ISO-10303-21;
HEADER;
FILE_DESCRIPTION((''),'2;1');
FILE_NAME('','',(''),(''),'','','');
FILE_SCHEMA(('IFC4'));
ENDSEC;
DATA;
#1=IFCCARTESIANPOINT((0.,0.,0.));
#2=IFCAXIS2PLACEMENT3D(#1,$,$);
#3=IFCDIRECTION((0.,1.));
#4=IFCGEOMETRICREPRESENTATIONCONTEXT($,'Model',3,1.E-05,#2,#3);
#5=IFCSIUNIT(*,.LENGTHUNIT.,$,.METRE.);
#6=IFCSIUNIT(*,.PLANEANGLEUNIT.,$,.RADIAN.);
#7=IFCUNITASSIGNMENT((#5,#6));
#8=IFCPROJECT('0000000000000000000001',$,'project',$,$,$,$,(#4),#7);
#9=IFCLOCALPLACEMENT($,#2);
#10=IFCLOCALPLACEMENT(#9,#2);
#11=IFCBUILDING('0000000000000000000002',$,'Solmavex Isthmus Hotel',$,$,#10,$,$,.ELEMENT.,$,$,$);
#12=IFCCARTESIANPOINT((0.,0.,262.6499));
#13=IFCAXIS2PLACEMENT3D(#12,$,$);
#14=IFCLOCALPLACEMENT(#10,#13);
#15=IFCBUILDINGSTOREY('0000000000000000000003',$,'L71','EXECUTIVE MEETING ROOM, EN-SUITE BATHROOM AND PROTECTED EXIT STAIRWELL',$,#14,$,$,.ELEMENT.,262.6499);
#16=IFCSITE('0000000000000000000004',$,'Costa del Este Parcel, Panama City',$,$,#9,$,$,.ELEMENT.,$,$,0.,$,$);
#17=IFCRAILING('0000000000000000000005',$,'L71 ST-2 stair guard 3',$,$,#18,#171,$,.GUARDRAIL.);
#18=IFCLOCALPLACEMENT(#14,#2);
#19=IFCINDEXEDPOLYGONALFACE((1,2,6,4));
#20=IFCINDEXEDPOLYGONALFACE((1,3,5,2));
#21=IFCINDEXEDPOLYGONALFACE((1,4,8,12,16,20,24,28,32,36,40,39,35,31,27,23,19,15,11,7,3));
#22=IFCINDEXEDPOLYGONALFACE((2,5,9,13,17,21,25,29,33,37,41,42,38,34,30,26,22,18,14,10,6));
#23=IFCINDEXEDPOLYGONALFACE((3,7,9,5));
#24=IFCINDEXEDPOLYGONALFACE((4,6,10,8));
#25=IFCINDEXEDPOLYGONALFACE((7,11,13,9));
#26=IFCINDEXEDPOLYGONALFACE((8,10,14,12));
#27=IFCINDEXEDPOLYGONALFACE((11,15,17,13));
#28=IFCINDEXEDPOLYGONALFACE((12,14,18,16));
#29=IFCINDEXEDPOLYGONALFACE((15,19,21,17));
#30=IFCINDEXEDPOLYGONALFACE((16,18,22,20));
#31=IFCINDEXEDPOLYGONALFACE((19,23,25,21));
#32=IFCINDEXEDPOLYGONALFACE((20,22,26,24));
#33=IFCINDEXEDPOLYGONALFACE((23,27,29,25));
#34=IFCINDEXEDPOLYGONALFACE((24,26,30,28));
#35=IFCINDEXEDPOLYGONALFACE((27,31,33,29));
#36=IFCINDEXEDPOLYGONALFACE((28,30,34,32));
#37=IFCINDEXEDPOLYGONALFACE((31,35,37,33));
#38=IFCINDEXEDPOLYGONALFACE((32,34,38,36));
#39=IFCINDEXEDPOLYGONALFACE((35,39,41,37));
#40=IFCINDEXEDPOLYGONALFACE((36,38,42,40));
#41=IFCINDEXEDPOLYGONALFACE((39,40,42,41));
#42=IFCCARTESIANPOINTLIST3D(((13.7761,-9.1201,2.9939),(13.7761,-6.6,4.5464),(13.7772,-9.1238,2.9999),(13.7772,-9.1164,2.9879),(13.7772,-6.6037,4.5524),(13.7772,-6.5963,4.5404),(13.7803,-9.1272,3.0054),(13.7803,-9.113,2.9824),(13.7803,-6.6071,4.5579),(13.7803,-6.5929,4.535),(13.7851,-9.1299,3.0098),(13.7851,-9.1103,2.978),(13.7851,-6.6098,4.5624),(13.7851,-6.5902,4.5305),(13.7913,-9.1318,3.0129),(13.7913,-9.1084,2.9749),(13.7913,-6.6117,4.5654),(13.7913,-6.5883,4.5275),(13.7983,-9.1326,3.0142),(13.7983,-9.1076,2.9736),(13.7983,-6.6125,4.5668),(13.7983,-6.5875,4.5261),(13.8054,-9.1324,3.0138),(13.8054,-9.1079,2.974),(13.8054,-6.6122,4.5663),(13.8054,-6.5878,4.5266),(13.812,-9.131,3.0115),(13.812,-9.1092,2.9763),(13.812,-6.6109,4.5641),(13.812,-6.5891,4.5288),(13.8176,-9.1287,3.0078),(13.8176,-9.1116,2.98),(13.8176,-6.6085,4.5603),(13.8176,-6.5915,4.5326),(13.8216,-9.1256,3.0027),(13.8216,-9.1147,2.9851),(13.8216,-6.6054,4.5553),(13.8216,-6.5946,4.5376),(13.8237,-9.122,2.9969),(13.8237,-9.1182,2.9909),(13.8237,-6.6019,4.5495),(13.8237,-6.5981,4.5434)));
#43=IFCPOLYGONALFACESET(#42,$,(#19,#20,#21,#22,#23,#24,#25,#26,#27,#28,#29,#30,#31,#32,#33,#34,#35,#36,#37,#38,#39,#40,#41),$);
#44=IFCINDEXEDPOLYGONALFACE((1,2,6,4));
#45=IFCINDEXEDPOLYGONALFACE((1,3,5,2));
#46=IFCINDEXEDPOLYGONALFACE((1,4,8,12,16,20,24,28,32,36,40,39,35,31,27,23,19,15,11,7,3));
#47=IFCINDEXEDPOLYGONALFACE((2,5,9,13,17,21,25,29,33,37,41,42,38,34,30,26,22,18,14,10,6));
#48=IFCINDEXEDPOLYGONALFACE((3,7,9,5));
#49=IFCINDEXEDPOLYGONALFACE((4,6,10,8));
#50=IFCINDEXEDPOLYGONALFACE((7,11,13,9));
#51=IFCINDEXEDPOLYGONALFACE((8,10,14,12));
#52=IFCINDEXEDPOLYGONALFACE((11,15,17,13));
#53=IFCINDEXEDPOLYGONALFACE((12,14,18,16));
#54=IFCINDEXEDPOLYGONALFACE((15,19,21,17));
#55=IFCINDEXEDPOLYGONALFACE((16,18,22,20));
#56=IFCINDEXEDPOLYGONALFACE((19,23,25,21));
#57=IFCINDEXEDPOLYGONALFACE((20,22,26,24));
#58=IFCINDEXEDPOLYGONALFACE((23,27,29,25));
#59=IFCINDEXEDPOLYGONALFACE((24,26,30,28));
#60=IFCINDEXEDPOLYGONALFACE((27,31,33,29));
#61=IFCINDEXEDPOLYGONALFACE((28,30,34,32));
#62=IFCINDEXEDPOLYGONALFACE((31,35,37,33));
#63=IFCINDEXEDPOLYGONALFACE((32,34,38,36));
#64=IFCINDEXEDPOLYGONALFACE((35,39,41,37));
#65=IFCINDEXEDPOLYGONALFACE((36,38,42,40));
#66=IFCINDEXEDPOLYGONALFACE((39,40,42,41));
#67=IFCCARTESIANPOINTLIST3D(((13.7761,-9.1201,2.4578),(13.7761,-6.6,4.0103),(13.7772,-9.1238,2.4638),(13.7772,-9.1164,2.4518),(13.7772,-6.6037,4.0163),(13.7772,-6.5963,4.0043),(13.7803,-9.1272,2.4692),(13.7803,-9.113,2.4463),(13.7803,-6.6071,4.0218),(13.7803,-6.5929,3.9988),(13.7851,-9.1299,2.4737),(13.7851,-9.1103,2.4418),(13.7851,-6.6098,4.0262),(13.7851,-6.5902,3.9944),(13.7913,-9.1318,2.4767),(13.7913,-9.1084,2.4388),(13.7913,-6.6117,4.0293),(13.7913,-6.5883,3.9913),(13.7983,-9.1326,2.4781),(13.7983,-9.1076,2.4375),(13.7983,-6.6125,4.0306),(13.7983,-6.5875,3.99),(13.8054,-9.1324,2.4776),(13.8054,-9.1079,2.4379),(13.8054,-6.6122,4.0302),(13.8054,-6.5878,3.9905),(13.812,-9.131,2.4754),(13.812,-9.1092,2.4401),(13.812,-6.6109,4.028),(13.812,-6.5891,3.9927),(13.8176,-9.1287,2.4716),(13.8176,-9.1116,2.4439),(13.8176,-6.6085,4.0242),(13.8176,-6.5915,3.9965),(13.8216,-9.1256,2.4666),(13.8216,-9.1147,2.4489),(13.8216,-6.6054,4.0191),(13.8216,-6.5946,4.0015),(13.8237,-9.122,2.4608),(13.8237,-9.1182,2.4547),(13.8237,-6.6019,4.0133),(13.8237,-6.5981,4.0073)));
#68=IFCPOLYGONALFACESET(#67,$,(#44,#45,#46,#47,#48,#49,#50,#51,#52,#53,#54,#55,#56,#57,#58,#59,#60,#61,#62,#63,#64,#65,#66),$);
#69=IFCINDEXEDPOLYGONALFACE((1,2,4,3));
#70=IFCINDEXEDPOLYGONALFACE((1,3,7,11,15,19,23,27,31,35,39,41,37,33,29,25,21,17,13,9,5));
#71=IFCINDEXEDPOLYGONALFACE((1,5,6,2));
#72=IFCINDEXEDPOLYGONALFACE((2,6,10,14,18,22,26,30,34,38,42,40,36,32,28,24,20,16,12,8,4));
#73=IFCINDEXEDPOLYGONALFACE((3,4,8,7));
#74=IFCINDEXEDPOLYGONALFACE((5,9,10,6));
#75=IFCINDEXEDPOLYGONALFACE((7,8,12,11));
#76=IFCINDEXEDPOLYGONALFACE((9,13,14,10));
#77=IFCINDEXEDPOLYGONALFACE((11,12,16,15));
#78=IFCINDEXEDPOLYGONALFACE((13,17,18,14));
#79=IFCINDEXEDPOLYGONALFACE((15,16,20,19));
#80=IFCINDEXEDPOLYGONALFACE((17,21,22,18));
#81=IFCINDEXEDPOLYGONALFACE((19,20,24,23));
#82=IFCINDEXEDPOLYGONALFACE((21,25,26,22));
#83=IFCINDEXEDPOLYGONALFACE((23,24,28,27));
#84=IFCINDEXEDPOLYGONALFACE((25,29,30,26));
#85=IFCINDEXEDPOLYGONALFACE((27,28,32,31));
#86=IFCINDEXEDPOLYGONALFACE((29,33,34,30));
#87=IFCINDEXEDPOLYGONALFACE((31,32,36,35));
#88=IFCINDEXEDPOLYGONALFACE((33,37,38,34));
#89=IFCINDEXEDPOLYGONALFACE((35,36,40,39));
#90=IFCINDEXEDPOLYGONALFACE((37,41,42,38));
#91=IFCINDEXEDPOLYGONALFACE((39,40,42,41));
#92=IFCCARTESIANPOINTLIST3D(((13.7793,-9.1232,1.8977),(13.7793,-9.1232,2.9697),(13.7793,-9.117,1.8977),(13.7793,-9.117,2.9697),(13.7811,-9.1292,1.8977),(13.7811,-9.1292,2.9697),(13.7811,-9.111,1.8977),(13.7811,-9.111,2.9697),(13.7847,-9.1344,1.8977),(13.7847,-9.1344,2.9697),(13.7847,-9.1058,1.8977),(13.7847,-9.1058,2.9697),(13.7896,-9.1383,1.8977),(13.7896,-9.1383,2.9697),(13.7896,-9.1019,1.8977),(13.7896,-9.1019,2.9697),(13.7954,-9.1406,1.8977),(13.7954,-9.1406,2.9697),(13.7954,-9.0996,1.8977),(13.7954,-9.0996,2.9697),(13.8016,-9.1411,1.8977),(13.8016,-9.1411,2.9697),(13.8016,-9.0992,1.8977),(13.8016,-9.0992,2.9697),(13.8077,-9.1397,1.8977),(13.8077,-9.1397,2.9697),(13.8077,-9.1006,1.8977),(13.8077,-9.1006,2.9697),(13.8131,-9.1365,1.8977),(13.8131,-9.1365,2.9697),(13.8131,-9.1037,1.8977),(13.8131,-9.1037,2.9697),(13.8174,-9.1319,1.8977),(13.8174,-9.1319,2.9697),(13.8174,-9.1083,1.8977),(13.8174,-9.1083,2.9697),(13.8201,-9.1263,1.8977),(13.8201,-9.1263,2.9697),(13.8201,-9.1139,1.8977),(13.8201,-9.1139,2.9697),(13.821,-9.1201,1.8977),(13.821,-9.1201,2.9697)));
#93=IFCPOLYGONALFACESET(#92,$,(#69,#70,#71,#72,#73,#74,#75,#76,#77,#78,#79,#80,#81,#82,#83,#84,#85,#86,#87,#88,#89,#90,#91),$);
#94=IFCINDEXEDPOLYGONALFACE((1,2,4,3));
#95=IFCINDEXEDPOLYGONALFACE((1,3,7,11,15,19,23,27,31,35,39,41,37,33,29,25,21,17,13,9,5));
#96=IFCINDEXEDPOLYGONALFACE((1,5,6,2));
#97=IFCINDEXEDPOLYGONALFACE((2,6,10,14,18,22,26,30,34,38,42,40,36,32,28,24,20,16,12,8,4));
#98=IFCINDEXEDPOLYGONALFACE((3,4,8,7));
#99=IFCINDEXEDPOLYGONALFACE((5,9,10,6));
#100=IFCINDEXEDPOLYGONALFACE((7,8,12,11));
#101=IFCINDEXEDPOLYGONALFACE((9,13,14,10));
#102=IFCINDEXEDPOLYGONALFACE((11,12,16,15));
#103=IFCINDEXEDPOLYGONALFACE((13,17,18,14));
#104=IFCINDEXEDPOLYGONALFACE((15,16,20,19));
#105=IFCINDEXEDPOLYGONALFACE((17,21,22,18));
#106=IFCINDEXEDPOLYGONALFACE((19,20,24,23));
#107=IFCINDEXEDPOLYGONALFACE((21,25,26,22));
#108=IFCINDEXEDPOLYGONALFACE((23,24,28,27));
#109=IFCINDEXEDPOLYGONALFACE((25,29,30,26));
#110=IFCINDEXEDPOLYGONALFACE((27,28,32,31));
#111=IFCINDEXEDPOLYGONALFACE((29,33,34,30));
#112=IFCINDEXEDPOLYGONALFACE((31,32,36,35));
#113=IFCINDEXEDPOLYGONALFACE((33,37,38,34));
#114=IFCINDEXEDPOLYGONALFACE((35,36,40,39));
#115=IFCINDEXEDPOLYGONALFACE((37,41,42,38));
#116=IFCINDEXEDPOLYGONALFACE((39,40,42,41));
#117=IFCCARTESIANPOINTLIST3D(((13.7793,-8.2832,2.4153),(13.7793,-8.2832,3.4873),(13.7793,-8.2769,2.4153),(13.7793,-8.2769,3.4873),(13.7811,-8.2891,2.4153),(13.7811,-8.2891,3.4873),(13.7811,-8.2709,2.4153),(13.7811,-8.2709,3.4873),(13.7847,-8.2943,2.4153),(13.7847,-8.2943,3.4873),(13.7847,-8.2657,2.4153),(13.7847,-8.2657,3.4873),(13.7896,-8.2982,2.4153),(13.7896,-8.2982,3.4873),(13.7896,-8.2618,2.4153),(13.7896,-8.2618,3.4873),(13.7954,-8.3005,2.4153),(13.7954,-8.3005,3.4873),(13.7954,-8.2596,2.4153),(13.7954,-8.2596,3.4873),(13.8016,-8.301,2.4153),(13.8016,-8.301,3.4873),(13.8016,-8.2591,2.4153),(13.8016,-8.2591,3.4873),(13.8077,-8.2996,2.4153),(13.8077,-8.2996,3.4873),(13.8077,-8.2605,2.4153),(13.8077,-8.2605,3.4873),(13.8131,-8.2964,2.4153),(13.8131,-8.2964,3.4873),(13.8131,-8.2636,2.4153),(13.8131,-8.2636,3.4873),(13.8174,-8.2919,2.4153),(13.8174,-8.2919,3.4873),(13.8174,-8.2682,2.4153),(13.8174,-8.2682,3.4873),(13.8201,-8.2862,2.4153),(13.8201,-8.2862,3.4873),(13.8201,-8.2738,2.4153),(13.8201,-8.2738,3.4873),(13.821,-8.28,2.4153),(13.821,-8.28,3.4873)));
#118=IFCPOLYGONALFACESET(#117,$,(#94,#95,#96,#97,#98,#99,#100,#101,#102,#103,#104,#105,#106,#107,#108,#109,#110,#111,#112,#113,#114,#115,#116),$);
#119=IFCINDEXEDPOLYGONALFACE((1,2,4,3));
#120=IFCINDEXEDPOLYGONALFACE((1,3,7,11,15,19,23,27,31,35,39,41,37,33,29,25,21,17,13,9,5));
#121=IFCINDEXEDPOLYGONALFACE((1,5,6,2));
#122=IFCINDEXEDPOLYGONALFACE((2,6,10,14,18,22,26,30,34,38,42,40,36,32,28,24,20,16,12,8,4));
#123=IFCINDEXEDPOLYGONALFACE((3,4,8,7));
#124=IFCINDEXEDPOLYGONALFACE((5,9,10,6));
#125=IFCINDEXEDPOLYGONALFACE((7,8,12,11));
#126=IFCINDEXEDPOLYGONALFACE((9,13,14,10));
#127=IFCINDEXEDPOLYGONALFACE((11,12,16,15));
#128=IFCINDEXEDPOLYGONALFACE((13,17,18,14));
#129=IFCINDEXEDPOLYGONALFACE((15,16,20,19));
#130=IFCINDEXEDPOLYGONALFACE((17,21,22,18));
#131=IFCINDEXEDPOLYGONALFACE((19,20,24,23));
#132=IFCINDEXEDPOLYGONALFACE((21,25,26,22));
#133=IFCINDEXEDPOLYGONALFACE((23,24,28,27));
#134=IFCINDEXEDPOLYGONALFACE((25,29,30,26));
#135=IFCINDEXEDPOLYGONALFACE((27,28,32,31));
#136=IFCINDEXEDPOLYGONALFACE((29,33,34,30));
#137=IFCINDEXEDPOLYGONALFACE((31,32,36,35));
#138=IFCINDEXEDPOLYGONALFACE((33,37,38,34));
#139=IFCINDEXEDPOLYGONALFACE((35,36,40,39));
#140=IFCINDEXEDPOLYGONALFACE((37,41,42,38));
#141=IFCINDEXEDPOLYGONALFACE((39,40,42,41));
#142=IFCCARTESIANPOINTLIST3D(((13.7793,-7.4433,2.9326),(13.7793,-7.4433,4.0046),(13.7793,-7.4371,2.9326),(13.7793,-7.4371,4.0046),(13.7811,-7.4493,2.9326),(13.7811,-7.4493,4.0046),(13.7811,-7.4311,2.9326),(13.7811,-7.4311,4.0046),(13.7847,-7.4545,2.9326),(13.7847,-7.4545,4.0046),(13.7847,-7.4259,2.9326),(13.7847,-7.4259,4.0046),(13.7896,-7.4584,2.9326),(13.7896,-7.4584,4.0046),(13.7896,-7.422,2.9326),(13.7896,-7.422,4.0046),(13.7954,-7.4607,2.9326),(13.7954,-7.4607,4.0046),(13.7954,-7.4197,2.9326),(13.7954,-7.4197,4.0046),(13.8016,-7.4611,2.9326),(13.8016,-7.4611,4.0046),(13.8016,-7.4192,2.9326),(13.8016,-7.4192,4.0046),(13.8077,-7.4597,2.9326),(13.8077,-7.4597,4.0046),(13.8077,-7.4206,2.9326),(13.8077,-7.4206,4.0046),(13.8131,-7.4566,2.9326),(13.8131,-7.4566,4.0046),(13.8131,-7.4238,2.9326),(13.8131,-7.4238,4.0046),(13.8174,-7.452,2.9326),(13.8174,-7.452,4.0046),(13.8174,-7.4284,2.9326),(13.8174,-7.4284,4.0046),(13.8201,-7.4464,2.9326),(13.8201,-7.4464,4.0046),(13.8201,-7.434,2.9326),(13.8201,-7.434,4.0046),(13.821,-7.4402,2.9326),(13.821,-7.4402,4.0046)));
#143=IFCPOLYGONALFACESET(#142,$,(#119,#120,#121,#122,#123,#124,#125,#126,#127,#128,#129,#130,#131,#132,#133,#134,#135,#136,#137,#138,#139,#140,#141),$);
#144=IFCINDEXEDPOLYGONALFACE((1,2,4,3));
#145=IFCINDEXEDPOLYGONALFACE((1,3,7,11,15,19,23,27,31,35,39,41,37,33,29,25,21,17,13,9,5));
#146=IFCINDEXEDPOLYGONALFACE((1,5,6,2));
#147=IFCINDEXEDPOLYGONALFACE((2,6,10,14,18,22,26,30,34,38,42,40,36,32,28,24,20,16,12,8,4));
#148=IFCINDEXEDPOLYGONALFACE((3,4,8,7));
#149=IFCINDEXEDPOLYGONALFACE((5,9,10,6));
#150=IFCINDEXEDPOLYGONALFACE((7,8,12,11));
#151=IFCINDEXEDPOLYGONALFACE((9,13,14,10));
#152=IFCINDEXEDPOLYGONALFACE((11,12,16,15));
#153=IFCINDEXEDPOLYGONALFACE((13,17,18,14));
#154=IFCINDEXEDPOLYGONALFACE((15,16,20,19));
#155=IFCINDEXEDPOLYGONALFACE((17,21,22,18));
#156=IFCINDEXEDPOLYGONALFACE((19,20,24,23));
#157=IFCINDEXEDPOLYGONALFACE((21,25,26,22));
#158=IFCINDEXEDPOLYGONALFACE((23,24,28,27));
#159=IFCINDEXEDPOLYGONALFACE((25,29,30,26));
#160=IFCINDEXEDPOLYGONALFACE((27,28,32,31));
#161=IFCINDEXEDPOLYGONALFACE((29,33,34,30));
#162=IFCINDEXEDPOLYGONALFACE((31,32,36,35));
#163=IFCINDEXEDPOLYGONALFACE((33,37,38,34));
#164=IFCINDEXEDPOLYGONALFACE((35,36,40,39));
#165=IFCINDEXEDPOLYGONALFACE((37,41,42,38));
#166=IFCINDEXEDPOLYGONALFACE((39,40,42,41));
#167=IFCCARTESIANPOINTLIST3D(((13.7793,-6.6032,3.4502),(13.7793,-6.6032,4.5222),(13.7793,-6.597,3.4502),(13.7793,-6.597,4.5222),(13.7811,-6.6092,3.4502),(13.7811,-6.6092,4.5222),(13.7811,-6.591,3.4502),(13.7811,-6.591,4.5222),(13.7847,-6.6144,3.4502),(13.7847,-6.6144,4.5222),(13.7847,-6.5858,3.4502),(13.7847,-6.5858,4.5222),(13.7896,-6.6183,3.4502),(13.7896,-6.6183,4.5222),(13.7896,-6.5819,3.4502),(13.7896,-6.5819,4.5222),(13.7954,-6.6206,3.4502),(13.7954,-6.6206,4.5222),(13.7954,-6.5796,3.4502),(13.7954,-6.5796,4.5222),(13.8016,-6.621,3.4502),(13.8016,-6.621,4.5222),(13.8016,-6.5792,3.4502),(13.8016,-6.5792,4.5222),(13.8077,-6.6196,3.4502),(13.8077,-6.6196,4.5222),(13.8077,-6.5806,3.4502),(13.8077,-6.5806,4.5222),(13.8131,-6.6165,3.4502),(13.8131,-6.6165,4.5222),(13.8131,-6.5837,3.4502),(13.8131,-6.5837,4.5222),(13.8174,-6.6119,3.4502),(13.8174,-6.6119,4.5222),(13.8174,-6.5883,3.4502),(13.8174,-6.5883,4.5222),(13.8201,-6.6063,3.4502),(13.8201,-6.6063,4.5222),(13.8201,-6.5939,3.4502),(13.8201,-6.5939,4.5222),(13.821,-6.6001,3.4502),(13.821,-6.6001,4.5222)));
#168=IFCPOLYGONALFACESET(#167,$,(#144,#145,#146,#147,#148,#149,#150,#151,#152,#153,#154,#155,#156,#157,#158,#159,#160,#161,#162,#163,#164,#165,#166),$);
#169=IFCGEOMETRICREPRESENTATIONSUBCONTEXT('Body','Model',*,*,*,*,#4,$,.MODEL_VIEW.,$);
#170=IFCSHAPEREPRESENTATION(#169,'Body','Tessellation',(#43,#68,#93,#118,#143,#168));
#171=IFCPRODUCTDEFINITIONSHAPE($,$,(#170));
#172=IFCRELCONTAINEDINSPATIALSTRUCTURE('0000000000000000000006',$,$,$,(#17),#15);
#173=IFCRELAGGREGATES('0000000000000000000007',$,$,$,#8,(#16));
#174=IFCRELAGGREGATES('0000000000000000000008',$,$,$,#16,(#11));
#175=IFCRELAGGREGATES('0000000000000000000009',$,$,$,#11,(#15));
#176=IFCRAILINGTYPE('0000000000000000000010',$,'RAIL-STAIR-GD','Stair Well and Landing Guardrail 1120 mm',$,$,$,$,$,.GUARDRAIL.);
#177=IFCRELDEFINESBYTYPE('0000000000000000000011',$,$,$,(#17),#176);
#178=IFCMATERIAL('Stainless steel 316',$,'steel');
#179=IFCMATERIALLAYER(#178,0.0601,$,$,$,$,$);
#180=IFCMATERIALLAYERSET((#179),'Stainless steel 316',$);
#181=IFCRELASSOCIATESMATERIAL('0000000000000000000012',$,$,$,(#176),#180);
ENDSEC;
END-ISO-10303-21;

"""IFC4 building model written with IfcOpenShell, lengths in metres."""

from ifc_helpers import new_model, si_unit, direction, frame, origin, origin_2d, place, context, subcontext, project, spatial, circle, extrude, material, layer, layer_set, type_object, element, save


model = new_model("IFC4")

# Units and contexts
model_context = context("Model", 3, precision=1e-05, world=origin(), true_north=direction((0.0, 1.0)))
body_context = subcontext(model_context, "Body", "Model", "MODEL_VIEW")
ifc_project = project(units=[si_unit("LENGTHUNIT", "METRE"), si_unit("PLANEANGLEUNIT", "RADIAN")], contexts=[model_context])

# Site, building, storey
site_placement = place(None, origin())
site = spatial("IfcSite", under=ifc_project, at=site_placement, Name="Costa del Este Parcel, Panama City", CompositionType="ELEMENT", RefElevation=0.0)
building_placement = place(site_placement, origin())
building = spatial("IfcBuilding", under=site, at=building_placement, Name="Solmavex Isthmus Hotel", CompositionType="ELEMENT")
storey_placement = place(building_placement, frame((0.0, 0.0, 262.6499)))
storey = spatial("IfcBuildingStorey", under=building, at=storey_placement, Name="L71", Description="EXECUTIVE MEETING ROOM, EN-SUITE BATHROOM AND PROTECTED EXIT STAIRWELL", CompositionType="ELEMENT", Elevation=262.6499)

# Railing
ifc_material_1 = material(Name="Stainless steel 316", Category="steel")
ifc_layer_1 = layer(ifc_material_1, 0.0601)
ifc_layer_set_1 = layer_set([ifc_layer_1], Name="Stainless steel 316")
railing_type_1 = type_object("IfcRailingType", Name="RAIL-STAIR-GD", Description="Stair Well and Landing Guardrail 1120 mm", PredefinedType="GUARDRAIL", material=ifc_layer_set_1)
railing_1_placement = place(storey_placement, frame((13.8, -9.1201, 1.8977)))
element("IfcRailing", 1, at=railing_1_placement, inside=storey, type_object=railing_type_1, Name="L71 ST-2 stair guard 3", PredefinedType="GUARDRAIL", context=body_context, shape_type="SweptSolid", body=[
    extrude(circle(Radius=0.0239, at=origin_2d()), frame((0.0, 0.0, 1.0962), z_axis=(0.0, 0.8514, 0.524516), x_axis=(-1.0, 0.0, 0.0)), (0.0, 0.0, 1.0), 2.96),
    extrude(circle(Radius=0.0239, at=origin_2d()), frame((0.0, 0.0, 0.5601), z_axis=(0.0, 0.8514, 0.524516), x_axis=(-1.0, 0.0, 0.0)), (0.0, 0.0, 1.0), 2.96),
    extrude(circle(Radius=0.021, at=origin_2d()), origin(), (0.0, 0.0, 1.0), 1.072),
    extrude(circle(Radius=0.021, at=origin_2d()), frame((0.0, 0.8401, 0.5176)), (0.0, 0.0, 1.0), 1.072),
    extrude(circle(Radius=0.021, at=origin_2d()), frame((0.0, 1.6799, 1.0349)), (0.0, 0.0, 1.0), 1.072),
    extrude(circle(Radius=0.021, at=origin_2d()), frame((0.0, 2.52, 1.5525)), (0.0, 0.0, 1.0), 1.072),
])

save(model, "model.ifc")
